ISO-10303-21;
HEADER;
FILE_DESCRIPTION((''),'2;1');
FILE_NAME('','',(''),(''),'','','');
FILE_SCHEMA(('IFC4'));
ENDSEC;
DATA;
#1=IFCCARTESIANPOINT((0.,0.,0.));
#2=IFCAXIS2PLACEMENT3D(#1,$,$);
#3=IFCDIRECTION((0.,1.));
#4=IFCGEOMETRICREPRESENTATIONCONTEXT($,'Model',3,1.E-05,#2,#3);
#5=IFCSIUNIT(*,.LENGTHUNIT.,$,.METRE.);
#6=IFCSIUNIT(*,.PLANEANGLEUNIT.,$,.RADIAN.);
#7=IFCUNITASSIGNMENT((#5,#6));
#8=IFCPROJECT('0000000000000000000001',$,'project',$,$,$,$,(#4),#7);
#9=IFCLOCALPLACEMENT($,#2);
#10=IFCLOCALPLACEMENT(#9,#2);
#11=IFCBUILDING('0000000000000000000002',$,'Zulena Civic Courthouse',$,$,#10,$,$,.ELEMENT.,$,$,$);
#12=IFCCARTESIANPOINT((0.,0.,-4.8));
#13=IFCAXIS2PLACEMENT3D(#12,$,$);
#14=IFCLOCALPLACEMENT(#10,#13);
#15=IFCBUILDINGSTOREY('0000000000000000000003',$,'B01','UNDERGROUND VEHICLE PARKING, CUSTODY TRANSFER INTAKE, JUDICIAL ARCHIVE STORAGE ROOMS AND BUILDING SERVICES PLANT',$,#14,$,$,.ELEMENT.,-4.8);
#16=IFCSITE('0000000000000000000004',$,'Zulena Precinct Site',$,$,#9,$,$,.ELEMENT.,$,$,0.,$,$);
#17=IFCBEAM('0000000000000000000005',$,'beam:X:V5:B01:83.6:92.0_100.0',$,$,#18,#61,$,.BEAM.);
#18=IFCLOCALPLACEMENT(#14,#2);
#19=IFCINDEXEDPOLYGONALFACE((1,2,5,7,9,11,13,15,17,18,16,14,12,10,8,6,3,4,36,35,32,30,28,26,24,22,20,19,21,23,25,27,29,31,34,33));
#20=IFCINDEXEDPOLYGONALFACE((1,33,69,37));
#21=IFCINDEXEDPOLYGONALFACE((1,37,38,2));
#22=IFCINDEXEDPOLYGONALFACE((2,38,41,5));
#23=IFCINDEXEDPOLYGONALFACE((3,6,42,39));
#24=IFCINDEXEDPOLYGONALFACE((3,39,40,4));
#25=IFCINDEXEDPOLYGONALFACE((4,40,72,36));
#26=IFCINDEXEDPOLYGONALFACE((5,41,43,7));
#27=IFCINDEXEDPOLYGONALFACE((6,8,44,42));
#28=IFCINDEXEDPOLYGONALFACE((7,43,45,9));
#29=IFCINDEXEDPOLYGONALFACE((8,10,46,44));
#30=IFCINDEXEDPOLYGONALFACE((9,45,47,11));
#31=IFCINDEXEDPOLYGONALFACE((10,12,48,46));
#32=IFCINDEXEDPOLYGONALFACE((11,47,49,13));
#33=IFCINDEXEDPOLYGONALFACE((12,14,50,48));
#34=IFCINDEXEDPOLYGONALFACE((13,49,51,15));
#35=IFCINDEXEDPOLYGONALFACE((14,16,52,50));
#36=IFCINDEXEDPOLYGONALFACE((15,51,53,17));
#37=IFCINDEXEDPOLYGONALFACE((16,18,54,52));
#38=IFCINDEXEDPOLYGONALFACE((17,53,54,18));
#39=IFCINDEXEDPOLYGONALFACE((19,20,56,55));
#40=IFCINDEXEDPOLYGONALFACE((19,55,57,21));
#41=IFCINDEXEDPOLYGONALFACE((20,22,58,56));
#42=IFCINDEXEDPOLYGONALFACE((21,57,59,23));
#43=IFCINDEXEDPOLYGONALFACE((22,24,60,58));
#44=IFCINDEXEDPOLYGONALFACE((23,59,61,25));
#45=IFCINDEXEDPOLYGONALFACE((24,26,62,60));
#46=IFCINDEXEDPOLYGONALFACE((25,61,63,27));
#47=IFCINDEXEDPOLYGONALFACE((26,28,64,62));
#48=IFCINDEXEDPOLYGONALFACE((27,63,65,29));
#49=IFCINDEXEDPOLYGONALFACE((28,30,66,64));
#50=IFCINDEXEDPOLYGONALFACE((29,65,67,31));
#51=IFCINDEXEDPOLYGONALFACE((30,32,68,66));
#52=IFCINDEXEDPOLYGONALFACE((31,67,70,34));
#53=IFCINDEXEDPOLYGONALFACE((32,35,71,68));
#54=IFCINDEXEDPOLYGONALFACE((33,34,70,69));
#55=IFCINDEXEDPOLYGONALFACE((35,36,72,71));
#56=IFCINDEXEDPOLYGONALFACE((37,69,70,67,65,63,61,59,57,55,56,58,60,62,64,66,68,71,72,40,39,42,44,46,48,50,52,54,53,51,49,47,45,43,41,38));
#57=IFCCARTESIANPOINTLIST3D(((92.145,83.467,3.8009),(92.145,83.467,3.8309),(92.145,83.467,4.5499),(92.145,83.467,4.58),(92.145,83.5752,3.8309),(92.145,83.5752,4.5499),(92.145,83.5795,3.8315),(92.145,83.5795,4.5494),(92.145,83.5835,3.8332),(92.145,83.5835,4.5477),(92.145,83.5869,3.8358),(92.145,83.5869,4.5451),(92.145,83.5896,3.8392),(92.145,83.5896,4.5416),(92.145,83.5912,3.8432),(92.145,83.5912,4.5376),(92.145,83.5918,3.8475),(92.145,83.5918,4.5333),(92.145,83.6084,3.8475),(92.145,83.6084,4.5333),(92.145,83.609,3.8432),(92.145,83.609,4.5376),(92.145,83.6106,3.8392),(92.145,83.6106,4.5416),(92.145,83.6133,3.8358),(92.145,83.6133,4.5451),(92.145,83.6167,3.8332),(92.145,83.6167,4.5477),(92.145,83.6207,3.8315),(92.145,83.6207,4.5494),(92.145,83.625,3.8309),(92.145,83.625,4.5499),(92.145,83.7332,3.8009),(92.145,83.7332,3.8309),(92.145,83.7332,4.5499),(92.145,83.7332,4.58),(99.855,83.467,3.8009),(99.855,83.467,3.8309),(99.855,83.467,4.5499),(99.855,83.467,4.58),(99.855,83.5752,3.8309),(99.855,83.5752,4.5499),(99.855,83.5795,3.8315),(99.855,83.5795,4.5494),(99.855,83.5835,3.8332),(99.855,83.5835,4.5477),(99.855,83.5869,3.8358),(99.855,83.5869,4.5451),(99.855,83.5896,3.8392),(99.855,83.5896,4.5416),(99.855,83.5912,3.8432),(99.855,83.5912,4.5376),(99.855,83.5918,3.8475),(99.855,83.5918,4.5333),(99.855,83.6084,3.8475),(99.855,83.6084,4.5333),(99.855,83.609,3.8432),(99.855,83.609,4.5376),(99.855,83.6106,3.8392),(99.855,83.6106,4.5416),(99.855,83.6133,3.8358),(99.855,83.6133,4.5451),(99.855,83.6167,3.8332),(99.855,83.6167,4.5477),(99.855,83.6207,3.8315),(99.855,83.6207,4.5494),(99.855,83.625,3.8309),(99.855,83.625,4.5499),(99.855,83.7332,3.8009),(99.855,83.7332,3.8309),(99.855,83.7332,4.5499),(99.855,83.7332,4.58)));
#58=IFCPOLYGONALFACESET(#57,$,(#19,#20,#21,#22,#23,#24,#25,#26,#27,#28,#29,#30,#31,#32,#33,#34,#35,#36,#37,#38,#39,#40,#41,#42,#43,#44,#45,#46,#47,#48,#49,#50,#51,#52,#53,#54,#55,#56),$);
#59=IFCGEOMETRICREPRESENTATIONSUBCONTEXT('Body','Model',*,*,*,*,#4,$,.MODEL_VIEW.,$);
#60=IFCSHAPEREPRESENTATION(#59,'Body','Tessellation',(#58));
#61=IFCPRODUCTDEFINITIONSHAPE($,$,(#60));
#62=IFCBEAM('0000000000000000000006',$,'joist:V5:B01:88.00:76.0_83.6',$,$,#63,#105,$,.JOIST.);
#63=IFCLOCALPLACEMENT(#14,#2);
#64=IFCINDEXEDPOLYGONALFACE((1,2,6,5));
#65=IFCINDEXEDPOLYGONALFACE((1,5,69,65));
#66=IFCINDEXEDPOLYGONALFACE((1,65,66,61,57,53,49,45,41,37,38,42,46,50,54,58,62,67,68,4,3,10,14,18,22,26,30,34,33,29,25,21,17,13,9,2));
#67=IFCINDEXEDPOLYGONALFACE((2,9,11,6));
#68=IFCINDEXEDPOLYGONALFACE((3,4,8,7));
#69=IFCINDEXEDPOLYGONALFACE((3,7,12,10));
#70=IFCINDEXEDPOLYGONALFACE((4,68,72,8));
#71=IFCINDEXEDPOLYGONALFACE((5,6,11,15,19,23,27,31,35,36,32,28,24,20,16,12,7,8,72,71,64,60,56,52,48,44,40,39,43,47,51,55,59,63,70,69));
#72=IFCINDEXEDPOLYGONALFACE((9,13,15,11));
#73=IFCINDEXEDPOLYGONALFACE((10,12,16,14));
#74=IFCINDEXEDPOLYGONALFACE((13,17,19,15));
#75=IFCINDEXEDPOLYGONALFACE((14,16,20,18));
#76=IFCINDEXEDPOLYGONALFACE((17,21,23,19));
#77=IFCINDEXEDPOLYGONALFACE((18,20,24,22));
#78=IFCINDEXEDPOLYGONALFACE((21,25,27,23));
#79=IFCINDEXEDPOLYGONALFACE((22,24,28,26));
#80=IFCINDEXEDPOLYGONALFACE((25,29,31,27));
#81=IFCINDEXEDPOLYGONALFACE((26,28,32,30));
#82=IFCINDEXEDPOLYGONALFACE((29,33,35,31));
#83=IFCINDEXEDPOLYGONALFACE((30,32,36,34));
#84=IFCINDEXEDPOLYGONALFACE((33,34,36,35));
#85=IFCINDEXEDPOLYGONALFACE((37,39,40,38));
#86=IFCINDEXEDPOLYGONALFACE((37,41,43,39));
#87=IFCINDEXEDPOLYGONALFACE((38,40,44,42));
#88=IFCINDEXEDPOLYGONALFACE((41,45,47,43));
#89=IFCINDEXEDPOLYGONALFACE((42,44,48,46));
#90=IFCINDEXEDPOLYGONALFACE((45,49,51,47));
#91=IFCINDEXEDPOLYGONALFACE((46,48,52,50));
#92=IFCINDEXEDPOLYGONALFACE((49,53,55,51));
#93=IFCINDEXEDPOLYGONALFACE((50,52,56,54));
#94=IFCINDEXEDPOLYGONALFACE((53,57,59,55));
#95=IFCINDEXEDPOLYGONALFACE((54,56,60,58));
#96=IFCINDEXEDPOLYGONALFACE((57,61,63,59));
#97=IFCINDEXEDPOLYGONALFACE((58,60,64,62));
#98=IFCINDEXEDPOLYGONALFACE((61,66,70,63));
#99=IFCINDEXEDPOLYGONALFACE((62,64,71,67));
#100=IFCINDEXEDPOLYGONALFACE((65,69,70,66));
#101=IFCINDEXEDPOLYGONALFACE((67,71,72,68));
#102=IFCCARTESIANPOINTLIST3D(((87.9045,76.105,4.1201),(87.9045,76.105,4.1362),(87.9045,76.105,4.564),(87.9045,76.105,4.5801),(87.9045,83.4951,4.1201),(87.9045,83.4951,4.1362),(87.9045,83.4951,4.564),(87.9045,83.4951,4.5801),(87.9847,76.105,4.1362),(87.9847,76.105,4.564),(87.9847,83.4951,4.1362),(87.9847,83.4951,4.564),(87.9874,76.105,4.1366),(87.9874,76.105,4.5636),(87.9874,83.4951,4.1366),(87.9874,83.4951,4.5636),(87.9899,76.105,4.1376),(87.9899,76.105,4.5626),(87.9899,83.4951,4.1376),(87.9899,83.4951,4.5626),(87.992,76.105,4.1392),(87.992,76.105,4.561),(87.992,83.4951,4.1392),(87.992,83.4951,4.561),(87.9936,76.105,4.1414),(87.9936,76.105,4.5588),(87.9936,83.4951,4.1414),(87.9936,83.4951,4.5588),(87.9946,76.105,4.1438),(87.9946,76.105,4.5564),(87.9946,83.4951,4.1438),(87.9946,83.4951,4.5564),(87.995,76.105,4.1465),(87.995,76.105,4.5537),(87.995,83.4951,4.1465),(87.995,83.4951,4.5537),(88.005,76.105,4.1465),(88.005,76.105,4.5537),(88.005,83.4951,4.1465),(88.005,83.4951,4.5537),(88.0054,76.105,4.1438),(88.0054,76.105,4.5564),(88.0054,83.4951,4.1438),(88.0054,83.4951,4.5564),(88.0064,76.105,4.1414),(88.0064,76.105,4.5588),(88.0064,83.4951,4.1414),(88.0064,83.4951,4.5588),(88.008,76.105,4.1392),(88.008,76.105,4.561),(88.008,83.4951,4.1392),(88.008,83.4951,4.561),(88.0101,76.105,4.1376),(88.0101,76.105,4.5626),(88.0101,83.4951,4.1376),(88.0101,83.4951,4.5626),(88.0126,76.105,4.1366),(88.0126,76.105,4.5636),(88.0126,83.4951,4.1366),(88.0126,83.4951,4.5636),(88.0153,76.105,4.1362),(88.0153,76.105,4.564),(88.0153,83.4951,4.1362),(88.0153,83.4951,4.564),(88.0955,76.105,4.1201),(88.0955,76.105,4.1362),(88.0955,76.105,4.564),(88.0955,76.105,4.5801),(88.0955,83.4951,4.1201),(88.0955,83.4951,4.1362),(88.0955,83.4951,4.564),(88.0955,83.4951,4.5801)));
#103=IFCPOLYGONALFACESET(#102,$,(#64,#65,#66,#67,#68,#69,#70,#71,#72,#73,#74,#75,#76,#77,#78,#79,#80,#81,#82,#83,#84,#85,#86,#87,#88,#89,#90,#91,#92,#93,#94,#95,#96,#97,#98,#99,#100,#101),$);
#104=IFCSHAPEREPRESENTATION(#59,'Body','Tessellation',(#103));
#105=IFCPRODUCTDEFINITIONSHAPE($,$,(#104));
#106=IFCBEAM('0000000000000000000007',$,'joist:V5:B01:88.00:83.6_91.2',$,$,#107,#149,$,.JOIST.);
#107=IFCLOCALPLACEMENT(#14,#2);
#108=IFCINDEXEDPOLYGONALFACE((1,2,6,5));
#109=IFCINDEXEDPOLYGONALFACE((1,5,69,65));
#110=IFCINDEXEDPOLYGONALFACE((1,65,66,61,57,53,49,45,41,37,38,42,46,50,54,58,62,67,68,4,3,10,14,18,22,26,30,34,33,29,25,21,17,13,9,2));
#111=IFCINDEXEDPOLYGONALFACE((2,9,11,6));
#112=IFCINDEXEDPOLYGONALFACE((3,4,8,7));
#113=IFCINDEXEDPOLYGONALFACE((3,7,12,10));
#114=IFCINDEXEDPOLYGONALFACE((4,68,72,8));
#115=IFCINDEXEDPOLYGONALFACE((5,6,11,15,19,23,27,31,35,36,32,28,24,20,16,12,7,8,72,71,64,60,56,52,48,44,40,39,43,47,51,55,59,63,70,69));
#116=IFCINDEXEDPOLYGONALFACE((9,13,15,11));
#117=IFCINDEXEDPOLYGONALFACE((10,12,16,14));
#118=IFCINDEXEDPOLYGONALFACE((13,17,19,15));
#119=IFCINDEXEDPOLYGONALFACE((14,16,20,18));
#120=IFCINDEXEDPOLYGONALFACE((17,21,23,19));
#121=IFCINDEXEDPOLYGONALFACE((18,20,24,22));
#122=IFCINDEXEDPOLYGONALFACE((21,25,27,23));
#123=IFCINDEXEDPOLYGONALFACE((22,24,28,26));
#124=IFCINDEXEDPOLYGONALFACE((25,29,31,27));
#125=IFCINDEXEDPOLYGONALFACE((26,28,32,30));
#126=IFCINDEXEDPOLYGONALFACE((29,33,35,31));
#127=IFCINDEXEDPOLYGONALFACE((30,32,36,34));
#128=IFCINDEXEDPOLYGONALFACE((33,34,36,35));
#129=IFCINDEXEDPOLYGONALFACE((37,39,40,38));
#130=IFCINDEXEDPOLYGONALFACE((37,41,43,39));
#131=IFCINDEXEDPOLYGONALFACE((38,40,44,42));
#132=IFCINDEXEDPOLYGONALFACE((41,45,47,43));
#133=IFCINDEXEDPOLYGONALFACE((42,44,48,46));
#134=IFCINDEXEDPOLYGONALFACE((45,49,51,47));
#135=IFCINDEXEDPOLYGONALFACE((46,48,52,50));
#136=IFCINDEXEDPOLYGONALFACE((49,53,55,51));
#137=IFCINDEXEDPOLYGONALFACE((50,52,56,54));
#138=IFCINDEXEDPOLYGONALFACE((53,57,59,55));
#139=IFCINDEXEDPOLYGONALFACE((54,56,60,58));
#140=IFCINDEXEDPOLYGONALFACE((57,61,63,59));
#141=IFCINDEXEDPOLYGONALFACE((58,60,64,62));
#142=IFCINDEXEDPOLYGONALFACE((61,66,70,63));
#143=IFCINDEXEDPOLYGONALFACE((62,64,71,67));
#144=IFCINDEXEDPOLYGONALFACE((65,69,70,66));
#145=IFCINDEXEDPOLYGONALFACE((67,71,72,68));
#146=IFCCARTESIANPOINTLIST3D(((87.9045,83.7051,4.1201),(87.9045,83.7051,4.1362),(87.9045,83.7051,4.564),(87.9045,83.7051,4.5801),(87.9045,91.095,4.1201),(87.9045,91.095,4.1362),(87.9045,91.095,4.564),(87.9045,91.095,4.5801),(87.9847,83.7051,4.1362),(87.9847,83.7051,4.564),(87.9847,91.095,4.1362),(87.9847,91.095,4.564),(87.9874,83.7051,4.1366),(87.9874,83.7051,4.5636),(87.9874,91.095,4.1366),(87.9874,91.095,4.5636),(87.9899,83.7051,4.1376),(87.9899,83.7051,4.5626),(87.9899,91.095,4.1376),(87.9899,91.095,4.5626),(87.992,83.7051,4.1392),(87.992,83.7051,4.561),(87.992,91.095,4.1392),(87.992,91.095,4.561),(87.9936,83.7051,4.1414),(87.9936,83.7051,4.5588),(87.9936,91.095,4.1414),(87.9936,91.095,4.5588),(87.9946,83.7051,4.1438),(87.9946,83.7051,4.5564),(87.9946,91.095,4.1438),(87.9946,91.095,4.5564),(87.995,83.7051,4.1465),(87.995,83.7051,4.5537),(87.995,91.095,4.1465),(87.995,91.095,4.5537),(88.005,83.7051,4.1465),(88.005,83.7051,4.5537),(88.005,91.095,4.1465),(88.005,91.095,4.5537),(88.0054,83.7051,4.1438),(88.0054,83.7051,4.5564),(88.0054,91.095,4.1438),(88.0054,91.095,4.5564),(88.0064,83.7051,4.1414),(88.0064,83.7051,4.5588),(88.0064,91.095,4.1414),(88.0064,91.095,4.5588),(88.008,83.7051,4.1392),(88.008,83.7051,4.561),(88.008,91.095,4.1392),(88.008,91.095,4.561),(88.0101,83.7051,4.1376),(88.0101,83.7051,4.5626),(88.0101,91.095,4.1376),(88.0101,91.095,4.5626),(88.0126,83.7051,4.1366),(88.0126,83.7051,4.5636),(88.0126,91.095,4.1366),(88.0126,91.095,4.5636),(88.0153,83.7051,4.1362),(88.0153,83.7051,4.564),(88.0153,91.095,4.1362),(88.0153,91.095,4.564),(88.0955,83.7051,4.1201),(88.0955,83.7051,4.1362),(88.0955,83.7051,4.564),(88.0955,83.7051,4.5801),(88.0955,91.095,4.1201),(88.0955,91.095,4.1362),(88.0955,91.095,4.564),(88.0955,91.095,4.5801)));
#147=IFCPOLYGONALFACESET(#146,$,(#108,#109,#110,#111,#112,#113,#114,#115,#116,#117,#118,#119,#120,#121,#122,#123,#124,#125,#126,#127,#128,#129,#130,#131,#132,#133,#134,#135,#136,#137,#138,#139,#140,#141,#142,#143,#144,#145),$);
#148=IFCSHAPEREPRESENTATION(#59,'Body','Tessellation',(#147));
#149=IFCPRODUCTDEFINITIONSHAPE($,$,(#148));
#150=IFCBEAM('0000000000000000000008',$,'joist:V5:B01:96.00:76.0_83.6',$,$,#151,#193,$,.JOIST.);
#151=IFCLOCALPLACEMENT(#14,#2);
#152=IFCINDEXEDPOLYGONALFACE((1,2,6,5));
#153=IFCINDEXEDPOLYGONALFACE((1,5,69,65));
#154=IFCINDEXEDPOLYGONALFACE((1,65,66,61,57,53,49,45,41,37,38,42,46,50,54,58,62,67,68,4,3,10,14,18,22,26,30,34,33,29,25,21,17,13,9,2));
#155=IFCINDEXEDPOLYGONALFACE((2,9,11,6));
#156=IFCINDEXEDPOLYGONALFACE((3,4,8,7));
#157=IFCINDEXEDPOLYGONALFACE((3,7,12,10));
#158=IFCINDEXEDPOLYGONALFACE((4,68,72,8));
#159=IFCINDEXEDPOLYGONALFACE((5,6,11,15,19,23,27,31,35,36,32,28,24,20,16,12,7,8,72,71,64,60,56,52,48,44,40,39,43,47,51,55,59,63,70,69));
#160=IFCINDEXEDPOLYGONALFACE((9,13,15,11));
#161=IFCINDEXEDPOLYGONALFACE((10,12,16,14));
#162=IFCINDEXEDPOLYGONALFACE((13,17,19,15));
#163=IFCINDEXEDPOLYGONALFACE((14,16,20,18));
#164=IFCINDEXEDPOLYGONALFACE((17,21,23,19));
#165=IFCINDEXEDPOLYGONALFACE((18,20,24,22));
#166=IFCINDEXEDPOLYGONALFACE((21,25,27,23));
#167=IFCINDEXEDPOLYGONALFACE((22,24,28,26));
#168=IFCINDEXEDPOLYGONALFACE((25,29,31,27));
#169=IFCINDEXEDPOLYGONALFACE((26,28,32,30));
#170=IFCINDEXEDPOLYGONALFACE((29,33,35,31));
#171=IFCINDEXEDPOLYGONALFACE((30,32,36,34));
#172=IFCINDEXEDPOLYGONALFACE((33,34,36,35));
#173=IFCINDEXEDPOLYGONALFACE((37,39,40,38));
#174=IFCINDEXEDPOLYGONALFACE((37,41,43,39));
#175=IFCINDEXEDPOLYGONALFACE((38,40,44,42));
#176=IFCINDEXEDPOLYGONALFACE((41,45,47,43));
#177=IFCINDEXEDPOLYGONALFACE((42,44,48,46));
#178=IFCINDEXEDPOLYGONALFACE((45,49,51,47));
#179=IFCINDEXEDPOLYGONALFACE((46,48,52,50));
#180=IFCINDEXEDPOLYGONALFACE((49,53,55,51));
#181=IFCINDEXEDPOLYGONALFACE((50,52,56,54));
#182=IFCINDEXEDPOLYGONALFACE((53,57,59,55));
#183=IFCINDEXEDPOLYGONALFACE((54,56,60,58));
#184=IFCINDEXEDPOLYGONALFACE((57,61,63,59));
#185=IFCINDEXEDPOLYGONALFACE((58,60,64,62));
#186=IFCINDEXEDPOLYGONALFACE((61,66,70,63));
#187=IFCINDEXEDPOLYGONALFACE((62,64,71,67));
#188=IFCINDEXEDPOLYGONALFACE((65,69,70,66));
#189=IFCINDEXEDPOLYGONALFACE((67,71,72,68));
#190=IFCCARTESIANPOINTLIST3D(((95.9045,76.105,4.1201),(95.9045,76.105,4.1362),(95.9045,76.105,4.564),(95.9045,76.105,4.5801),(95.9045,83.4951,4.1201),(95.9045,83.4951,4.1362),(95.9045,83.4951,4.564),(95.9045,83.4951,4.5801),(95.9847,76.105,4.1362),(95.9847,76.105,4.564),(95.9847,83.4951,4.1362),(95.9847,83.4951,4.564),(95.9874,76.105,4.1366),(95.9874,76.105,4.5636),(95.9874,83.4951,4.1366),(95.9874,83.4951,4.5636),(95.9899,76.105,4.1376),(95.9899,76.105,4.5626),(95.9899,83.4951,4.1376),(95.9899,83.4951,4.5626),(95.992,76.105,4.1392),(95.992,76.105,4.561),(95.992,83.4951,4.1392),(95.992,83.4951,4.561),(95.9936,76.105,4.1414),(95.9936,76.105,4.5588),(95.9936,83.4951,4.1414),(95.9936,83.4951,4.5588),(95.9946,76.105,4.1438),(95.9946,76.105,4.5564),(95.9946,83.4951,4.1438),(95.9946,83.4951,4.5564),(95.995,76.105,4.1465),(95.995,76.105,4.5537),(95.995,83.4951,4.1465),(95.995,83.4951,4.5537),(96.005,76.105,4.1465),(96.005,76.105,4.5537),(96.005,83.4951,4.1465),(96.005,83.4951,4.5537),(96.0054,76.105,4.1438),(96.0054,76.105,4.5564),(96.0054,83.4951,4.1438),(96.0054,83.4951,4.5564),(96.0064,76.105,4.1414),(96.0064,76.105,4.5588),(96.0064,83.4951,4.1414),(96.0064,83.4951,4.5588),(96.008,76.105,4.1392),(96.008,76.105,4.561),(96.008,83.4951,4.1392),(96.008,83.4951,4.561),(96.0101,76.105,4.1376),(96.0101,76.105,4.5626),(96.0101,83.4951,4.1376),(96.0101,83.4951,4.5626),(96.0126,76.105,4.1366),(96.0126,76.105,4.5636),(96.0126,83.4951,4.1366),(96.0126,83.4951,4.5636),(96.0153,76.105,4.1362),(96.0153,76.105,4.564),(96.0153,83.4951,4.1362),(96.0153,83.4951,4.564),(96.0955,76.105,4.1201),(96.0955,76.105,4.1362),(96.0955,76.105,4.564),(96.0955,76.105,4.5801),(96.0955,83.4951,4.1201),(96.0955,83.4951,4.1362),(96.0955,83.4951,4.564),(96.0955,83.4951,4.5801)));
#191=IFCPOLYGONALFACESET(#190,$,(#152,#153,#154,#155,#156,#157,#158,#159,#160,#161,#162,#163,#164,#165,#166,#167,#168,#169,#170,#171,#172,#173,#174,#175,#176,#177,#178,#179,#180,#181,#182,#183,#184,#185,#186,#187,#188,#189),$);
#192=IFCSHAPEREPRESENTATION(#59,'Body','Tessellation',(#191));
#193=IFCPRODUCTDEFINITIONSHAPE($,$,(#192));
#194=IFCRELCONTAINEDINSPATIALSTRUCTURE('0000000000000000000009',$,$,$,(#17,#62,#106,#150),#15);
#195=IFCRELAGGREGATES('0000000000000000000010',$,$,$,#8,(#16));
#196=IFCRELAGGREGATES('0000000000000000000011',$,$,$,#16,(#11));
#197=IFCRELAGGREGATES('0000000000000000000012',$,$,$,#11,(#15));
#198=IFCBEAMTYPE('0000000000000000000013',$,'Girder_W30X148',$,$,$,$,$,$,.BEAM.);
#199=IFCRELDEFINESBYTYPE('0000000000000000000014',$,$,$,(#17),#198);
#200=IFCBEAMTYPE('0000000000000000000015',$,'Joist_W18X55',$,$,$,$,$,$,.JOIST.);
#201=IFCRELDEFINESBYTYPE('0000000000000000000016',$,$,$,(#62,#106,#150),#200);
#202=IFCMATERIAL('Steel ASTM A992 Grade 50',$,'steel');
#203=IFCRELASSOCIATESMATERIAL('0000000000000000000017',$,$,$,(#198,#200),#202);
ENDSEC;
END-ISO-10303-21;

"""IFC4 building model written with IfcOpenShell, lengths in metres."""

from ifc_helpers import new_model, si_unit, direction, frame, origin, origin_2d, place, context, subcontext, project, spatial, i_section, extrude, material, material_profile, profile_set, type_object, element, save


model = new_model("IFC4")

# Units and contexts
model_context = context("Model", 3, precision=1e-05, world=origin(), true_north=direction((0.0, 1.0)))
body_context = subcontext(model_context, "Body", "Model", "MODEL_VIEW")
ifc_project = project(units=[si_unit("LENGTHUNIT", "METRE"), si_unit("PLANEANGLEUNIT", "RADIAN")], contexts=[model_context])

# Site, building, storey
site_placement = place(None, origin())
site = spatial("IfcSite", under=ifc_project, at=site_placement, Name="Zulena Precinct Site", CompositionType="ELEMENT", RefElevation=0.0)
building_placement = place(site_placement, origin())
building = spatial("IfcBuilding", under=site, at=building_placement, Name="Zulena Civic Courthouse", CompositionType="ELEMENT")
storey_placement = place(building_placement, frame((0.0, 0.0, -4.8)))
storey = spatial("IfcBuildingStorey", under=building, at=storey_placement, Name="B01", Description="UNDERGROUND VEHICLE PARKING, CUSTODY TRANSFER INTAKE, JUDICIAL ARCHIVE STORAGE ROOMS AND BUILDING SERVICES PLANT", CompositionType="ELEMENT", Elevation=-4.8)

# Shared definitions
ifc_material_1 = material(Name="Steel ASTM A992 Grade 50", Category="steel")

# Beams
ifc_material_profile_1 = material_profile(ifc_material_1, i_section(OverallWidth=0.2661, OverallDepth=0.7791, WebThickness=0.0166, FlangeThickness=0.03, FilletRadius=0.0166, at=origin_2d()), Name="W30X148")
ifc_profile_set_1 = profile_set([ifc_material_profile_1], Name="Steel ASTM A992 Grade 50")
beam_type_1 = type_object("IfcBeamType", Name="Girder_W30X148", PredefinedType="BEAM", material=ifc_profile_set_1)
for number, where, z_axis, x_axis, name in (
    (1, (92.145, 83.6001, 4.1904), (1.0, 0.0, 0.0), (0.0, 1.0, 0.0), "beam:X:V5:B01:83.6:92.0_100.0"),
):
    element("IfcBeam", number, at=place(storey_placement, frame(where, z_axis=z_axis, x_axis=x_axis)), inside=storey, type_object=beam_type_1, Name=name, PredefinedType="BEAM", context=body_context, shape_type="SweptSolid", body=[
        extrude(i_section(OverallWidth=0.2661, OverallDepth=0.7791, WebThickness=0.0166, FlangeThickness=0.03, FilletRadius=0.0166, at=origin_2d()), origin(), (0.0, 0.0, 1.0), 7.71),
    ])
ifc_material_profile_2 = material_profile(ifc_material_1, i_section(OverallWidth=0.1909, OverallDepth=0.46, WebThickness=0.01, FlangeThickness=0.0161, FilletRadius=0.0103, at=origin_2d()), Name="W18X55")
ifc_profile_set_2 = profile_set([ifc_material_profile_2], Name="Steel ASTM A992 Grade 50")
beam_type_2 = type_object("IfcBeamType", Name="Joist_W18X55", PredefinedType="JOIST", material=ifc_profile_set_2)
beam_1_placement = place(storey_placement, frame((88.0, 76.105, 4.3501), z_axis=(0.0, 1.0, 0.0), x_axis=(-1.0, 0.0, 0.0)))
element("IfcBeam", 2, at=beam_1_placement, inside=storey, type_object=beam_type_2, Name="joist:V5:B01:88.00:76.0_83.6", PredefinedType="JOIST", context=body_context, shape_type="SweptSolid", body=[
    extrude(i_section(OverallWidth=0.1909, OverallDepth=0.46, WebThickness=0.01, FlangeThickness=0.0161, FilletRadius=0.0103, at=origin_2d()), origin(), (0.0, 0.0, 1.0), 7.3901),
])
beam_2_placement = place(storey_placement, frame((88.0, 83.7051, 4.3501), z_axis=(0.0, 1.0, 0.0), x_axis=(-1.0, 0.0, 0.0)))
element("IfcBeam", 3, at=beam_2_placement, inside=storey, type_object=beam_type_2, Name="joist:V5:B01:88.00:83.6_91.2", PredefinedType="JOIST", context=body_context, shape_type="SweptSolid", body=[
    extrude(i_section(OverallWidth=0.1909, OverallDepth=0.46, WebThickness=0.01, FlangeThickness=0.0161, FilletRadius=0.0103, at=origin_2d()), origin(), (0.0, 0.0, 1.0), 7.3899),
])
beam_3_placement = place(storey_placement, frame((96.0, 76.105, 4.3501), z_axis=(0.0, 1.0, 0.0), x_axis=(-1.0, 0.0, 0.0)))
element("IfcBeam", 4, at=beam_3_placement, inside=storey, type_object=beam_type_2, Name="joist:V5:B01:96.00:76.0_83.6", PredefinedType="JOIST", context=body_context, shape_type="SweptSolid", body=[
    extrude(i_section(OverallWidth=0.1909, OverallDepth=0.46, WebThickness=0.01, FlangeThickness=0.0161, FilletRadius=0.0103, at=origin_2d()), origin(), (0.0, 0.0, 1.0), 7.3901),
])

save(model, "model.ifc")
